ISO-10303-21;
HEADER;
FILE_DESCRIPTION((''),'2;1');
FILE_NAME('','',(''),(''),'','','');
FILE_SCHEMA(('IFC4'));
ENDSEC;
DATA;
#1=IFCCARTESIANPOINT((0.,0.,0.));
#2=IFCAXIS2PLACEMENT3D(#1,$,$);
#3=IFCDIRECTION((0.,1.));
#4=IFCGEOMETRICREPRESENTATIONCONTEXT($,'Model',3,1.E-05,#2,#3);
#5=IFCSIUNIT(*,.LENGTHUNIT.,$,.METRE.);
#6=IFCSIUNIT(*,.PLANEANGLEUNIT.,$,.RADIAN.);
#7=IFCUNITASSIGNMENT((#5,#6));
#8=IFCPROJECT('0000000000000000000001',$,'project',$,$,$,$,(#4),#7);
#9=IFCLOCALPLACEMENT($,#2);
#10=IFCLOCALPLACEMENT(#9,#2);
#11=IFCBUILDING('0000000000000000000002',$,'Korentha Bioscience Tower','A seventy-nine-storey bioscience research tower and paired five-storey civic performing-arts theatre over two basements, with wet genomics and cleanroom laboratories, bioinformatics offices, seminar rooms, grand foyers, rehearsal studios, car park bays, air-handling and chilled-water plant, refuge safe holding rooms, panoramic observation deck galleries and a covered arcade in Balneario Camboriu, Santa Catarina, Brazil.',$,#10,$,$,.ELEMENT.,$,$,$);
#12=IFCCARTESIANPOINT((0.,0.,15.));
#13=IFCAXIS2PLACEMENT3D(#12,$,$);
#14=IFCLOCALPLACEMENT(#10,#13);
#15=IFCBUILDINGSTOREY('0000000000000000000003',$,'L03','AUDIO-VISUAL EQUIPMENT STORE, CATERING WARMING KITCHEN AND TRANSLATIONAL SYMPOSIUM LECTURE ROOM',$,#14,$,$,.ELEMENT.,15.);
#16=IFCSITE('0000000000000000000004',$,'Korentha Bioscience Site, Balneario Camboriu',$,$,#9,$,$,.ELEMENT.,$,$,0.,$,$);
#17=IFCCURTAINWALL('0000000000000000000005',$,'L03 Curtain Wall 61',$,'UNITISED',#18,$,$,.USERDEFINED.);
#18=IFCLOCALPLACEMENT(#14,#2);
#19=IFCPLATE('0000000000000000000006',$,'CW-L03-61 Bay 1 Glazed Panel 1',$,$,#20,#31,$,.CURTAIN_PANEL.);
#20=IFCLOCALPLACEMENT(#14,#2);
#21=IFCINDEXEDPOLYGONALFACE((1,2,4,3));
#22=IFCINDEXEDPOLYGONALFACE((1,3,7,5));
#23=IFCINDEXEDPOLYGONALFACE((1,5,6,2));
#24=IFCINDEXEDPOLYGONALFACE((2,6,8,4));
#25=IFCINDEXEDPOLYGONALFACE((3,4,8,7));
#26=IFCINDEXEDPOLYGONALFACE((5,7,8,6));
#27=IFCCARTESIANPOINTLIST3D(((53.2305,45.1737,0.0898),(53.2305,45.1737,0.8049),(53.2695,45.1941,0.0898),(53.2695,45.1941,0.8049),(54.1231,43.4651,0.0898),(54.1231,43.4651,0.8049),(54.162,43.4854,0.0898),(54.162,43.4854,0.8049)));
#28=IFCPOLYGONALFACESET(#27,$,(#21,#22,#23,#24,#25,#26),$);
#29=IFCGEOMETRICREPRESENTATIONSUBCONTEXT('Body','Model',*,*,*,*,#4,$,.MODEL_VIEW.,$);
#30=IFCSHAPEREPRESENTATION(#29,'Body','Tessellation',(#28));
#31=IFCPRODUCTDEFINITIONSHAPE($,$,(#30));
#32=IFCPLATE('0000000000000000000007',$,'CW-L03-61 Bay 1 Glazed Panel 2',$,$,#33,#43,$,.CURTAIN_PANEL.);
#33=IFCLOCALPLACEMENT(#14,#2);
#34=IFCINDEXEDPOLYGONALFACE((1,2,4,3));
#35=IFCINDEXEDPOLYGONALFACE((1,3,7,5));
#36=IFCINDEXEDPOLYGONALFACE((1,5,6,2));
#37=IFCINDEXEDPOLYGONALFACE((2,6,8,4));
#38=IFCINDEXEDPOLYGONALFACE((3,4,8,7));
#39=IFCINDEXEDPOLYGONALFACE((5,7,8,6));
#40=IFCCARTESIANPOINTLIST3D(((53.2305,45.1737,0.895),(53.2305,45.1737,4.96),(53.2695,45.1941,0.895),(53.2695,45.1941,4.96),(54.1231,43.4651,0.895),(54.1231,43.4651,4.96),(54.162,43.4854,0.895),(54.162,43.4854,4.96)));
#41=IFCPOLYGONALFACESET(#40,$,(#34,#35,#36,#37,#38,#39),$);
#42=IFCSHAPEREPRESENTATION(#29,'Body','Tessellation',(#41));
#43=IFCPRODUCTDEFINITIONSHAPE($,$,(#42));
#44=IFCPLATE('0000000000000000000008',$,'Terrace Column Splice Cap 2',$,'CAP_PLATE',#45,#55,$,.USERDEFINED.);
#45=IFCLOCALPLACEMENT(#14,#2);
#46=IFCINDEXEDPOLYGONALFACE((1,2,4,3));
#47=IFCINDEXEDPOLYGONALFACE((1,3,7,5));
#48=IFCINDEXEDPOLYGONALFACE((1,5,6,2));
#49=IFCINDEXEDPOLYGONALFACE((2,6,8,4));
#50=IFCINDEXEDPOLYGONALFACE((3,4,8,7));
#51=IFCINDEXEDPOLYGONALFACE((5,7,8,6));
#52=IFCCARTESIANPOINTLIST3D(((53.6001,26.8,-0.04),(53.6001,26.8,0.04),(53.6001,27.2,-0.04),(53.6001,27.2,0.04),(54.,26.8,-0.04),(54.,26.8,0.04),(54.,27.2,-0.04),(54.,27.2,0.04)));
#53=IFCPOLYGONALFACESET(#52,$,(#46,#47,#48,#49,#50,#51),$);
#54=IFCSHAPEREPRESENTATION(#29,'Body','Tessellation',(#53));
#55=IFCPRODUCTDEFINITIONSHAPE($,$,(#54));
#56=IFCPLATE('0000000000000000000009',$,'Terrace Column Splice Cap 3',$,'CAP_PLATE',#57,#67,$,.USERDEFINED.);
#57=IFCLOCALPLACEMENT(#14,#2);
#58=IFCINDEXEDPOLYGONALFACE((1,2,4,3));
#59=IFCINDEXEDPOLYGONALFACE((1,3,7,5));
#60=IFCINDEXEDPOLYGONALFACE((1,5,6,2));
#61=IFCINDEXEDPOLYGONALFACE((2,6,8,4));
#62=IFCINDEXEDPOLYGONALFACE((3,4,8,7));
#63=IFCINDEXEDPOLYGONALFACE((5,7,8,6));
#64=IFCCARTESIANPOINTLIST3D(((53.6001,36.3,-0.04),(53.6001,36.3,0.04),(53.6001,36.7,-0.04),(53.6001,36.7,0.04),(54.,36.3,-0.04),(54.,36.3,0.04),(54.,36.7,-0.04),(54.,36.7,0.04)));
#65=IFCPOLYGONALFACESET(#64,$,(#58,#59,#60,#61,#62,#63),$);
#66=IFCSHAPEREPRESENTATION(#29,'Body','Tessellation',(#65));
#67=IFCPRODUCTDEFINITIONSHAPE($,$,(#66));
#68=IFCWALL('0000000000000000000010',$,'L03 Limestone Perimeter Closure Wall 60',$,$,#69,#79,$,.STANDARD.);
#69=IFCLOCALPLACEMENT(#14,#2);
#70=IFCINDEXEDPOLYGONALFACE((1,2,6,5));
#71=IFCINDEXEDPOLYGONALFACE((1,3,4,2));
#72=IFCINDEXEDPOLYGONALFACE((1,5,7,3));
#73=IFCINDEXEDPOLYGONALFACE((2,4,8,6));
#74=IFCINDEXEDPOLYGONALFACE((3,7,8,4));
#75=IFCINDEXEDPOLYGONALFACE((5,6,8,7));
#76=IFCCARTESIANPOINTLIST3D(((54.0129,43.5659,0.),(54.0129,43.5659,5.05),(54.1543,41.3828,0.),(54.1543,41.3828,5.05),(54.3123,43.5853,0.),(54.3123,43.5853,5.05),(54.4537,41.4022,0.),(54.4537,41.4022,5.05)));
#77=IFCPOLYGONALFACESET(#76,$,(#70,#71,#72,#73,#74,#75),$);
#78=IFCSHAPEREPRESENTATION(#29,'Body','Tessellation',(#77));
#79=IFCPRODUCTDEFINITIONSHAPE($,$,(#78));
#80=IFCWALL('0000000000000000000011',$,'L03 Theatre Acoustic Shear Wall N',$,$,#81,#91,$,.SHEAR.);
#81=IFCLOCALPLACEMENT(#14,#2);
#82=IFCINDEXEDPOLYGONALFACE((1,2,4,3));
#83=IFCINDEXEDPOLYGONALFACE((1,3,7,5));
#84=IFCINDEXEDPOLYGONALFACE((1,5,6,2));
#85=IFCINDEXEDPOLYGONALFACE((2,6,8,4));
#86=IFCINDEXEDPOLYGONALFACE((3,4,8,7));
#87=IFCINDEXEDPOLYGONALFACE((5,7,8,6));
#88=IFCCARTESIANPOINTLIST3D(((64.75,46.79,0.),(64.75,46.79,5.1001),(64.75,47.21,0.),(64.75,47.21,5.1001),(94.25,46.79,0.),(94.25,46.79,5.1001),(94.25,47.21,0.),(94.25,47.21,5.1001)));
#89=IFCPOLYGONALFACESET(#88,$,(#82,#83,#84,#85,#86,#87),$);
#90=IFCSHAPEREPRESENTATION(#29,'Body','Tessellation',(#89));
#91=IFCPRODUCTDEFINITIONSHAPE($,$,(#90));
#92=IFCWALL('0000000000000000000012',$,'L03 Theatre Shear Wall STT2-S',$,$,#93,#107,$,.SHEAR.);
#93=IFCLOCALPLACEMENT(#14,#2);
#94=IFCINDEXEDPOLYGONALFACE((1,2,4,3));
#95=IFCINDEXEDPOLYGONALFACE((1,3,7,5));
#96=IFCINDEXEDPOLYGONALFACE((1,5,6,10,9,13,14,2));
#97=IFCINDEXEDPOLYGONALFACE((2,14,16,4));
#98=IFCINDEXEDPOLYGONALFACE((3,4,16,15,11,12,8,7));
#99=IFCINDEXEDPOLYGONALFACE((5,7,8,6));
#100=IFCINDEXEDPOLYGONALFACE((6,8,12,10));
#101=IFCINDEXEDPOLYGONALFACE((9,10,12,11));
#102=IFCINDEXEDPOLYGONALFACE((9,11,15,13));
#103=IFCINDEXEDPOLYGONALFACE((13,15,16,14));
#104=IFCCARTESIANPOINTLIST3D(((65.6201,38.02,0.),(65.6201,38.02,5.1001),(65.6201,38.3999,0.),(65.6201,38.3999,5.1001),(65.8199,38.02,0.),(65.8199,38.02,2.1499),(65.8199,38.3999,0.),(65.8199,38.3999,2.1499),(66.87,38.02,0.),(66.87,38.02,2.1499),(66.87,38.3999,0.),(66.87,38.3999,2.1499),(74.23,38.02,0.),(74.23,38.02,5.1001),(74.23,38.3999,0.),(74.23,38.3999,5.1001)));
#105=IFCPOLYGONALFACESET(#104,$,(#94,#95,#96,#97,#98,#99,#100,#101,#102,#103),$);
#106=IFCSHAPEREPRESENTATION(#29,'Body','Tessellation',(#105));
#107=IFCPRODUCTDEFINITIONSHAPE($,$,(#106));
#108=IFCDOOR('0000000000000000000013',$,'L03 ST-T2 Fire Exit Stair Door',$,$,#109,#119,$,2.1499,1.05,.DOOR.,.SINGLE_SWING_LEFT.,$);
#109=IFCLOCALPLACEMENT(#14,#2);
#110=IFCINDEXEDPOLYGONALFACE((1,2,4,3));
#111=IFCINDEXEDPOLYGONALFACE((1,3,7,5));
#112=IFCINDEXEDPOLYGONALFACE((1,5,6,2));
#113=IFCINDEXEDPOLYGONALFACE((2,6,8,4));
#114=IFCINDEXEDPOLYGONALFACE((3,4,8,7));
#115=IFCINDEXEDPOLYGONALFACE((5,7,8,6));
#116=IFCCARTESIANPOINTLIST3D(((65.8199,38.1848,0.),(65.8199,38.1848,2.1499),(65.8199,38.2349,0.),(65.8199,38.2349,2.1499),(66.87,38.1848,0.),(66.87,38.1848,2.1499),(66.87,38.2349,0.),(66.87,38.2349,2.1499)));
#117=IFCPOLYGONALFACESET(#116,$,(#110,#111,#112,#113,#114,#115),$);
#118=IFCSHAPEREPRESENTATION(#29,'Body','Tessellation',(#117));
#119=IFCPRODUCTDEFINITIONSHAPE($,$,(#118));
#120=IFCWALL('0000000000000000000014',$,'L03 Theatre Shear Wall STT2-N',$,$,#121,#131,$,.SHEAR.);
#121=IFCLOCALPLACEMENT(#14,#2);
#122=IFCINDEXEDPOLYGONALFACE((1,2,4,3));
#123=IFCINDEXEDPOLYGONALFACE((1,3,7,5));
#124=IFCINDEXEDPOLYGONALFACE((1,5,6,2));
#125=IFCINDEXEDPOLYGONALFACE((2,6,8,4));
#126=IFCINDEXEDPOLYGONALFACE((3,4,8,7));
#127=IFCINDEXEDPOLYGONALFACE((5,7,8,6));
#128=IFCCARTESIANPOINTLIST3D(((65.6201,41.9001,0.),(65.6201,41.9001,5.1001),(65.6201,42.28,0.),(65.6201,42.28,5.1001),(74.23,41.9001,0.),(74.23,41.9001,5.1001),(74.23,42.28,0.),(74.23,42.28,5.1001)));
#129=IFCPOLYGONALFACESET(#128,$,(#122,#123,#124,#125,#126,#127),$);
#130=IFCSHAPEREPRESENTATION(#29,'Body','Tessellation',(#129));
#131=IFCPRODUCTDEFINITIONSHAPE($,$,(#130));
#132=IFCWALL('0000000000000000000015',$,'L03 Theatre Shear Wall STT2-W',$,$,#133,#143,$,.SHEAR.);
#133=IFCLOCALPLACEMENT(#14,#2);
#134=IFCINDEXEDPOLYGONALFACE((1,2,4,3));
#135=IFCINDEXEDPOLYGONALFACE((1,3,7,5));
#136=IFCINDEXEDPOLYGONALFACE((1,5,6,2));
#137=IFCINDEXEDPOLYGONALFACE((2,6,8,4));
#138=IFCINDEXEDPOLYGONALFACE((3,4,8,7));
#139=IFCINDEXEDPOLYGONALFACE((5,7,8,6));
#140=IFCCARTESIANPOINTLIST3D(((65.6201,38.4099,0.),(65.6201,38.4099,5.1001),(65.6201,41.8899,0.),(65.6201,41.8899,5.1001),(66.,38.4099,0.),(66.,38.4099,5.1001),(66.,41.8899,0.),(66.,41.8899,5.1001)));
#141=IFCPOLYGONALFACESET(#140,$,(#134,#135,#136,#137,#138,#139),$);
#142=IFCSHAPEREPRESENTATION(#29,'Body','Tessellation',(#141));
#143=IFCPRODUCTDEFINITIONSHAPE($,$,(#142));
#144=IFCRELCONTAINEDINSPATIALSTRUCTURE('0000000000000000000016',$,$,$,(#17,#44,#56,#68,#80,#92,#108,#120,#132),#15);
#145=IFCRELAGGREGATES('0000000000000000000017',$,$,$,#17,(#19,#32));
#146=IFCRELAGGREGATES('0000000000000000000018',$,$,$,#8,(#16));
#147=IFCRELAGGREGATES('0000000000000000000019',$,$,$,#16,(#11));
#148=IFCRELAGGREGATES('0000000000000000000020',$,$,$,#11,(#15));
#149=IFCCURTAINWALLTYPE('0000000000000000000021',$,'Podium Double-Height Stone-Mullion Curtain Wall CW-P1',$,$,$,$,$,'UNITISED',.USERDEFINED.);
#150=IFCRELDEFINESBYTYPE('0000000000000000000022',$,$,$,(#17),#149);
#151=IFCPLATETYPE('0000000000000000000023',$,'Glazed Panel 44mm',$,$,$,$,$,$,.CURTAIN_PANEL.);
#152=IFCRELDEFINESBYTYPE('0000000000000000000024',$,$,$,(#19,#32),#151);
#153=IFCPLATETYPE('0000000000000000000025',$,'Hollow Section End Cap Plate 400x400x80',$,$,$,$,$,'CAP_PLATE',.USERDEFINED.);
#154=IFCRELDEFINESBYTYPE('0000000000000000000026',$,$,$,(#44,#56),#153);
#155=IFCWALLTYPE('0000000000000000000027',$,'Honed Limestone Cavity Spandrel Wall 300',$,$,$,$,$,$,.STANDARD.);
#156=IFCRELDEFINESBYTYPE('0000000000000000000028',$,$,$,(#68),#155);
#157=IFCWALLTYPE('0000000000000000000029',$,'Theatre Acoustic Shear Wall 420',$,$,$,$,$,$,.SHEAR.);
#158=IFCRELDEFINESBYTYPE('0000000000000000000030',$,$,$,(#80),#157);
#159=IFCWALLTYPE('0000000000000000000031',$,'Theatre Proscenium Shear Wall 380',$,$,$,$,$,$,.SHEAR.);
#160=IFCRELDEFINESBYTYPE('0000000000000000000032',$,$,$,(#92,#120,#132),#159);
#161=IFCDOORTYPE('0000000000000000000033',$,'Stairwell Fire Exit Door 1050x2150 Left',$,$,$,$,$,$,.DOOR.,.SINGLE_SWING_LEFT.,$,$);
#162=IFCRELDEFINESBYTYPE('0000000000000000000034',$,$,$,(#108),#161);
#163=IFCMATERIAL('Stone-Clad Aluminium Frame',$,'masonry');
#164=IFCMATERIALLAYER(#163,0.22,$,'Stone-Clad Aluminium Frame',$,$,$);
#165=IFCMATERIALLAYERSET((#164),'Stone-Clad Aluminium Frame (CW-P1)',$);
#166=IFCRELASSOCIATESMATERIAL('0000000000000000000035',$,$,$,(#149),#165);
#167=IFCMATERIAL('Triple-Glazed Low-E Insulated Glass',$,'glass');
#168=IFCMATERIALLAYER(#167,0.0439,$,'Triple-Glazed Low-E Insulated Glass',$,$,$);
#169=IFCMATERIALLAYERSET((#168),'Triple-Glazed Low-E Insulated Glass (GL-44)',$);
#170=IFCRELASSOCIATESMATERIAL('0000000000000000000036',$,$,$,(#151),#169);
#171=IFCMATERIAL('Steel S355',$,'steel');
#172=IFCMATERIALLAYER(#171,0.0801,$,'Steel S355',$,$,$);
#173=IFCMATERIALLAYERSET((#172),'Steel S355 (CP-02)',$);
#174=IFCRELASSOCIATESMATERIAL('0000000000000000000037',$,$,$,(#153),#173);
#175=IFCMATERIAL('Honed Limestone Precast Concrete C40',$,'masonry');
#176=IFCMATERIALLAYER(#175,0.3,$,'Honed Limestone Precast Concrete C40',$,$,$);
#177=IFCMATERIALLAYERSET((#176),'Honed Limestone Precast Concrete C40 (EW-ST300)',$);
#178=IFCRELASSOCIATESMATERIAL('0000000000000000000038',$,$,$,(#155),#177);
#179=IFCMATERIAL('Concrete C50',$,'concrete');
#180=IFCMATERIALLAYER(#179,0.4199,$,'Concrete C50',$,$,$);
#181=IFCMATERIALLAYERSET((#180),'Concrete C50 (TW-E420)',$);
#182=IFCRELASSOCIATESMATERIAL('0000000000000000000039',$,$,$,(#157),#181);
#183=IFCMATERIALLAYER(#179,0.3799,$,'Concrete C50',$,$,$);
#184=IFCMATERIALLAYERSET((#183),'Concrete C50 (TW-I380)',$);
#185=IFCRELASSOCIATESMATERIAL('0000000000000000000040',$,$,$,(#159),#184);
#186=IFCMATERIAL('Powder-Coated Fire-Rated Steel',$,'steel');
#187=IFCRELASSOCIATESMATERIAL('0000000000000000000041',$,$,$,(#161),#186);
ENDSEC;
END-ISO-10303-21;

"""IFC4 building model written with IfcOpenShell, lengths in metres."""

from ifc_helpers import new_model, si_unit, direction, frame, frame_2d, origin, origin_2d, place, context, subcontext, project, spatial, rectangle, extrude, material, layer, layer_set, type_object, element, fill, aggregate, save


model = new_model("IFC4")

# Units and contexts
model_context = context("Model", 3, precision=1e-05, world=origin(), true_north=direction((0.0, 1.0)))
body_context = subcontext(model_context, "Body", "Model", "MODEL_VIEW")
ifc_project = project(units=[si_unit("LENGTHUNIT", "METRE"), si_unit("PLANEANGLEUNIT", "RADIAN")], contexts=[model_context])

# Site, building, storey
site_placement = place(None, origin())
site = spatial("IfcSite", under=ifc_project, at=site_placement, Name="Korentha Bioscience Site, Balneario Camboriu", CompositionType="ELEMENT", RefElevation=0.0)
building_placement = place(site_placement, origin())
building = spatial("IfcBuilding", under=site, at=building_placement, Name="Korentha Bioscience Tower", Description="A seventy-nine-storey bioscience research tower and paired five-storey civic performing-arts theatre over two basements, with wet genomics and cleanroom laboratories, bioinformatics offices, seminar rooms, grand foyers, rehearsal studios, car park bays, air-handling and chilled-water plant, refuge safe holding rooms, panoramic observation deck galleries and a covered arcade in Balneario Camboriu, Santa Catarina, Brazil.", CompositionType="ELEMENT")
storey_placement = place(building_placement, frame((0.0, 0.0, 15.0)))
storey = spatial("IfcBuildingStorey", under=building, at=storey_placement, Name="L03", Description="AUDIO-VISUAL EQUIPMENT STORE, CATERING WARMING KITCHEN AND TRANSLATIONAL SYMPOSIUM LECTURE ROOM", CompositionType="ELEMENT", Elevation=15.0)

# Shared definitions
ifc_material_1 = material(Name="Steel S355", Category="steel")
ifc_material_2 = material(Name="Concrete C50", Category="concrete")

# Curtain wall
ifc_material_3 = material(Name="Stone-Clad Aluminium Frame", Category="masonry")
ifc_layer_1 = layer(ifc_material_3, 0.22, Name="Stone-Clad Aluminium Frame")
ifc_layer_set_1 = layer_set([ifc_layer_1], Name="Stone-Clad Aluminium Frame (CW-P1)")
curtain_wall_type = type_object("IfcCurtainWallType", Name="Podium Double-Height Stone-Mullion Curtain Wall CW-P1", ElementType="UNITISED", PredefinedType="USERDEFINED", material=ifc_layer_set_1)
curtain_wall_placement = place(storey_placement, origin())
curtain_wall = element("IfcCurtainWall", 1, at=curtain_wall_placement, inside=storey, type_object=curtain_wall_type, Name="L03 Curtain Wall 61", ObjectType="UNITISED", PredefinedType="USERDEFINED")

# Plates
ifc_material_4 = material(Name="Triple-Glazed Low-E Insulated Glass", Category="glass")
ifc_layer_2 = layer(ifc_material_4, 0.0439, Name="Triple-Glazed Low-E Insulated Glass")
ifc_layer_set_2 = layer_set([ifc_layer_2], Name="Triple-Glazed Low-E Insulated Glass (GL-44)")
plate_type_1 = type_object("IfcPlateType", Name="Glazed Panel 44mm", PredefinedType="CURTAIN_PANEL", material=ifc_layer_set_2)
plate_1_placement = place(storey_placement, frame((53.6963, 44.3296, 0.0898), z_axis=(0.0, 0.0, 1.0), x_axis=(-0.463009, 0.886354, 0.0)))
plate_1 = element("IfcPlate", 2, at=plate_1_placement, type_object=plate_type_1, Name="CW-L03-61 Bay 1 Glazed Panel 1", PredefinedType="CURTAIN_PANEL", context=body_context, shape_type="SweptSolid", body=[
    extrude(rectangle(XDim=1.9277, YDim=0.0439, at=origin_2d()), origin(), (0.0, 0.0, 1.0), 0.7151),
])
plate_2_placement = place(storey_placement, frame((53.6963, 44.3296, 0.895), z_axis=(0.0, 0.0, 1.0), x_axis=(-0.463009, 0.886354, 0.0)))
plate_2 = element("IfcPlate", 3, at=plate_2_placement, type_object=plate_type_1, Name="CW-L03-61 Bay 1 Glazed Panel 2", PredefinedType="CURTAIN_PANEL", context=body_context, shape_type="SweptSolid", body=[
    extrude(rectangle(XDim=1.9277, YDim=0.0439, at=origin_2d()), origin(), (0.0, 0.0, 1.0), 4.0649),
])
aggregate(curtain_wall, [plate_1, plate_2])

# Plates
ifc_layer_3 = layer(ifc_material_1, 0.0801, Name="Steel S355")
ifc_layer_set_3 = layer_set([ifc_layer_3], Name="Steel S355 (CP-02)")
plate_type_2 = type_object("IfcPlateType", Name="Hollow Section End Cap Plate 400x400x80", ElementType="CAP_PLATE", PredefinedType="USERDEFINED", material=ifc_layer_set_3)
for number, where, z_axis, x_axis, name in (
    (4, (53.8, 27.0, -0.04), (0.0, 0.0, 1.0), (1.0, 0.0, 0.0), "Terrace Column Splice Cap 2"),
    (5, (53.8, 36.5, -0.04), (0.0, 0.0, 1.0), (1.0, 0.0, 0.0), "Terrace Column Splice Cap 3"),
):
    element("IfcPlate", number, at=place(storey_placement, frame(where, z_axis=z_axis, x_axis=x_axis)), inside=storey, type_object=plate_type_2, Name=name, ObjectType="CAP_PLATE", PredefinedType="USERDEFINED", context=body_context, shape_type="SweptSolid", body=[
        extrude(rectangle(XDim=0.3999, YDim=0.3999, at=origin_2d()), origin(), (0.0, 0.0, 1.0), 0.0801),
    ])

# Walls
ifc_material_5 = material(Name="Honed Limestone Precast Concrete C40", Category="masonry")
ifc_layer_4 = layer(ifc_material_5, 0.3, Name="Honed Limestone Precast Concrete C40")
ifc_layer_set_4 = layer_set([ifc_layer_4], Name="Honed Limestone Precast Concrete C40 (EW-ST300)")
wall_type_1 = type_object("IfcWallType", Name="Honed Limestone Cavity Spandrel Wall 300", PredefinedType="STANDARD", material=ifc_layer_set_4)
wall_1_placement = place(storey_placement, frame((54.304, 41.3926, 0.0), z_axis=(0.0, 0.0, 1.0), x_axis=(-0.064615, 0.99791, 0.0)))
element("IfcWall", 6, at=wall_1_placement, inside=storey, type_object=wall_type_1, Name="L03 Limestone Perimeter Closure Wall 60", PredefinedType="STANDARD", context=body_context, shape_type="SweptSolid", body=[
    extrude(rectangle(XDim=2.1877, YDim=0.3, at=frame_2d((1.0938, 0.0))), origin(), (0.0, 0.0, 1.0), 5.05),
])
ifc_layer_5 = layer(ifc_material_2, 0.4199, Name="Concrete C50")
ifc_layer_set_5 = layer_set([ifc_layer_5], Name="Concrete C50 (TW-E420)")
wall_type_2 = type_object("IfcWallType", Name="Theatre Acoustic Shear Wall 420", PredefinedType="SHEAR", material=ifc_layer_set_5)
wall_2_placement = place(storey_placement, frame((64.75, 47.0, 0.0), z_axis=(0.0, 0.0, 1.0), x_axis=(1.0, 0.0, 0.0)))
element("IfcWall", 7, at=wall_2_placement, inside=storey, type_object=wall_type_2, Name="L03 Theatre Acoustic Shear Wall N", PredefinedType="SHEAR", context=body_context, shape_type="SweptSolid", body=[
    extrude(rectangle(XDim=29.5, YDim=0.4199, at=frame_2d((14.75, 0.0))), origin(), (0.0, 0.0, 1.0), 5.1001),
])

# Wall, opening, door
ifc_layer_6 = layer(ifc_material_2, 0.3799, Name="Concrete C50")
ifc_layer_set_6 = layer_set([ifc_layer_6], Name="Concrete C50 (TW-I380)")
wall_type_3 = type_object("IfcWallType", Name="Theatre Proscenium Shear Wall 380", PredefinedType="SHEAR", material=ifc_layer_set_6)
wall_3_placement = place(storey_placement, frame((65.6201, 38.21, 0.0), z_axis=(0.0, 0.0, 1.0), x_axis=(1.0, 0.0, 0.0)))
wall_3 = element("IfcWall", 8, at=wall_3_placement, inside=storey, type_object=wall_type_3, Name="L03 Theatre Shear Wall STT2-S", PredefinedType="SHEAR", context=body_context, shape_type="SweptSolid", body=[
    extrude(rectangle(XDim=8.6099, YDim=0.3799, at=frame_2d((4.3049, 0.0))), origin(), (0.0, 0.0, 1.0), 5.1001),
])
opening_placement = place(wall_3_placement, frame((0.2, 0.0, 0.0)))
opening = element("IfcOpeningElement", 9, at=opening_placement, cuts=wall_3, PredefinedType="OPENING", context=body_context, shape_type="SweptSolid", body=[
    extrude(rectangle(XDim=1.05, YDim=2.1499, at=frame_2d((0.5249, 1.075))), frame((0.0, 0.2048, 0.0), z_axis=(0.0, -1.0, 0.0), x_axis=(1.0, 0.0, 0.0)), (0.0, 0.0, 1.0), 0.4097),
])
ifc_material_6 = material(Name="Powder-Coated Fire-Rated Steel", Category="steel")
door_type = type_object("IfcDoorType", Name="Stairwell Fire Exit Door 1050x2150 Left", OperationType="SINGLE_SWING_LEFT", PredefinedType="DOOR", material=ifc_material_6)
door_placement = place(opening_placement, origin())
door = element("IfcDoor", 10, at=door_placement, inside=storey, type_object=door_type, Name="L03 ST-T2 Fire Exit Stair Door", OperationType="SINGLE_SWING_LEFT", OverallHeight=2.1499, OverallWidth=1.05, PredefinedType="DOOR", context=body_context, shape_type="SweptSolid", body=[
    extrude(rectangle(XDim=1.05, YDim=2.1499, at=frame_2d((0.5249, 1.075))), frame((0.0, 0.0249, 0.0), z_axis=(0.0, -1.0, 0.0), x_axis=(1.0, 0.0, 0.0)), (0.0, 0.0, 1.0), 0.05),
])
fill(opening, door)

# Walls
wall_4_placement = place(storey_placement, frame((65.6201, 42.0901, 0.0), z_axis=(0.0, 0.0, 1.0), x_axis=(1.0, 0.0, 0.0)))
element("IfcWall", 11, at=wall_4_placement, inside=storey, type_object=wall_type_3, Name="L03 Theatre Shear Wall STT2-N", PredefinedType="SHEAR", context=body_context, shape_type="SweptSolid", body=[
    extrude(rectangle(XDim=8.6099, YDim=0.3799, at=frame_2d((4.3049, 0.0))), origin(), (0.0, 0.0, 1.0), 5.1001),
])
wall_5_placement = place(storey_placement, frame((65.8101, 38.4099, 0.0), z_axis=(0.0, 0.0, 1.0), x_axis=(0.0, 1.0, 0.0)))
element("IfcWall", 12, at=wall_5_placement, inside=storey, type_object=wall_type_3, Name="L03 Theatre Shear Wall STT2-W", PredefinedType="SHEAR", context=body_context, shape_type="SweptSolid", body=[
    extrude(rectangle(XDim=3.48, YDim=0.3799, at=frame_2d((1.74, 0.0))), origin(), (0.0, 0.0, 1.0), 5.1001),
])

save(model, "model.ifc")
